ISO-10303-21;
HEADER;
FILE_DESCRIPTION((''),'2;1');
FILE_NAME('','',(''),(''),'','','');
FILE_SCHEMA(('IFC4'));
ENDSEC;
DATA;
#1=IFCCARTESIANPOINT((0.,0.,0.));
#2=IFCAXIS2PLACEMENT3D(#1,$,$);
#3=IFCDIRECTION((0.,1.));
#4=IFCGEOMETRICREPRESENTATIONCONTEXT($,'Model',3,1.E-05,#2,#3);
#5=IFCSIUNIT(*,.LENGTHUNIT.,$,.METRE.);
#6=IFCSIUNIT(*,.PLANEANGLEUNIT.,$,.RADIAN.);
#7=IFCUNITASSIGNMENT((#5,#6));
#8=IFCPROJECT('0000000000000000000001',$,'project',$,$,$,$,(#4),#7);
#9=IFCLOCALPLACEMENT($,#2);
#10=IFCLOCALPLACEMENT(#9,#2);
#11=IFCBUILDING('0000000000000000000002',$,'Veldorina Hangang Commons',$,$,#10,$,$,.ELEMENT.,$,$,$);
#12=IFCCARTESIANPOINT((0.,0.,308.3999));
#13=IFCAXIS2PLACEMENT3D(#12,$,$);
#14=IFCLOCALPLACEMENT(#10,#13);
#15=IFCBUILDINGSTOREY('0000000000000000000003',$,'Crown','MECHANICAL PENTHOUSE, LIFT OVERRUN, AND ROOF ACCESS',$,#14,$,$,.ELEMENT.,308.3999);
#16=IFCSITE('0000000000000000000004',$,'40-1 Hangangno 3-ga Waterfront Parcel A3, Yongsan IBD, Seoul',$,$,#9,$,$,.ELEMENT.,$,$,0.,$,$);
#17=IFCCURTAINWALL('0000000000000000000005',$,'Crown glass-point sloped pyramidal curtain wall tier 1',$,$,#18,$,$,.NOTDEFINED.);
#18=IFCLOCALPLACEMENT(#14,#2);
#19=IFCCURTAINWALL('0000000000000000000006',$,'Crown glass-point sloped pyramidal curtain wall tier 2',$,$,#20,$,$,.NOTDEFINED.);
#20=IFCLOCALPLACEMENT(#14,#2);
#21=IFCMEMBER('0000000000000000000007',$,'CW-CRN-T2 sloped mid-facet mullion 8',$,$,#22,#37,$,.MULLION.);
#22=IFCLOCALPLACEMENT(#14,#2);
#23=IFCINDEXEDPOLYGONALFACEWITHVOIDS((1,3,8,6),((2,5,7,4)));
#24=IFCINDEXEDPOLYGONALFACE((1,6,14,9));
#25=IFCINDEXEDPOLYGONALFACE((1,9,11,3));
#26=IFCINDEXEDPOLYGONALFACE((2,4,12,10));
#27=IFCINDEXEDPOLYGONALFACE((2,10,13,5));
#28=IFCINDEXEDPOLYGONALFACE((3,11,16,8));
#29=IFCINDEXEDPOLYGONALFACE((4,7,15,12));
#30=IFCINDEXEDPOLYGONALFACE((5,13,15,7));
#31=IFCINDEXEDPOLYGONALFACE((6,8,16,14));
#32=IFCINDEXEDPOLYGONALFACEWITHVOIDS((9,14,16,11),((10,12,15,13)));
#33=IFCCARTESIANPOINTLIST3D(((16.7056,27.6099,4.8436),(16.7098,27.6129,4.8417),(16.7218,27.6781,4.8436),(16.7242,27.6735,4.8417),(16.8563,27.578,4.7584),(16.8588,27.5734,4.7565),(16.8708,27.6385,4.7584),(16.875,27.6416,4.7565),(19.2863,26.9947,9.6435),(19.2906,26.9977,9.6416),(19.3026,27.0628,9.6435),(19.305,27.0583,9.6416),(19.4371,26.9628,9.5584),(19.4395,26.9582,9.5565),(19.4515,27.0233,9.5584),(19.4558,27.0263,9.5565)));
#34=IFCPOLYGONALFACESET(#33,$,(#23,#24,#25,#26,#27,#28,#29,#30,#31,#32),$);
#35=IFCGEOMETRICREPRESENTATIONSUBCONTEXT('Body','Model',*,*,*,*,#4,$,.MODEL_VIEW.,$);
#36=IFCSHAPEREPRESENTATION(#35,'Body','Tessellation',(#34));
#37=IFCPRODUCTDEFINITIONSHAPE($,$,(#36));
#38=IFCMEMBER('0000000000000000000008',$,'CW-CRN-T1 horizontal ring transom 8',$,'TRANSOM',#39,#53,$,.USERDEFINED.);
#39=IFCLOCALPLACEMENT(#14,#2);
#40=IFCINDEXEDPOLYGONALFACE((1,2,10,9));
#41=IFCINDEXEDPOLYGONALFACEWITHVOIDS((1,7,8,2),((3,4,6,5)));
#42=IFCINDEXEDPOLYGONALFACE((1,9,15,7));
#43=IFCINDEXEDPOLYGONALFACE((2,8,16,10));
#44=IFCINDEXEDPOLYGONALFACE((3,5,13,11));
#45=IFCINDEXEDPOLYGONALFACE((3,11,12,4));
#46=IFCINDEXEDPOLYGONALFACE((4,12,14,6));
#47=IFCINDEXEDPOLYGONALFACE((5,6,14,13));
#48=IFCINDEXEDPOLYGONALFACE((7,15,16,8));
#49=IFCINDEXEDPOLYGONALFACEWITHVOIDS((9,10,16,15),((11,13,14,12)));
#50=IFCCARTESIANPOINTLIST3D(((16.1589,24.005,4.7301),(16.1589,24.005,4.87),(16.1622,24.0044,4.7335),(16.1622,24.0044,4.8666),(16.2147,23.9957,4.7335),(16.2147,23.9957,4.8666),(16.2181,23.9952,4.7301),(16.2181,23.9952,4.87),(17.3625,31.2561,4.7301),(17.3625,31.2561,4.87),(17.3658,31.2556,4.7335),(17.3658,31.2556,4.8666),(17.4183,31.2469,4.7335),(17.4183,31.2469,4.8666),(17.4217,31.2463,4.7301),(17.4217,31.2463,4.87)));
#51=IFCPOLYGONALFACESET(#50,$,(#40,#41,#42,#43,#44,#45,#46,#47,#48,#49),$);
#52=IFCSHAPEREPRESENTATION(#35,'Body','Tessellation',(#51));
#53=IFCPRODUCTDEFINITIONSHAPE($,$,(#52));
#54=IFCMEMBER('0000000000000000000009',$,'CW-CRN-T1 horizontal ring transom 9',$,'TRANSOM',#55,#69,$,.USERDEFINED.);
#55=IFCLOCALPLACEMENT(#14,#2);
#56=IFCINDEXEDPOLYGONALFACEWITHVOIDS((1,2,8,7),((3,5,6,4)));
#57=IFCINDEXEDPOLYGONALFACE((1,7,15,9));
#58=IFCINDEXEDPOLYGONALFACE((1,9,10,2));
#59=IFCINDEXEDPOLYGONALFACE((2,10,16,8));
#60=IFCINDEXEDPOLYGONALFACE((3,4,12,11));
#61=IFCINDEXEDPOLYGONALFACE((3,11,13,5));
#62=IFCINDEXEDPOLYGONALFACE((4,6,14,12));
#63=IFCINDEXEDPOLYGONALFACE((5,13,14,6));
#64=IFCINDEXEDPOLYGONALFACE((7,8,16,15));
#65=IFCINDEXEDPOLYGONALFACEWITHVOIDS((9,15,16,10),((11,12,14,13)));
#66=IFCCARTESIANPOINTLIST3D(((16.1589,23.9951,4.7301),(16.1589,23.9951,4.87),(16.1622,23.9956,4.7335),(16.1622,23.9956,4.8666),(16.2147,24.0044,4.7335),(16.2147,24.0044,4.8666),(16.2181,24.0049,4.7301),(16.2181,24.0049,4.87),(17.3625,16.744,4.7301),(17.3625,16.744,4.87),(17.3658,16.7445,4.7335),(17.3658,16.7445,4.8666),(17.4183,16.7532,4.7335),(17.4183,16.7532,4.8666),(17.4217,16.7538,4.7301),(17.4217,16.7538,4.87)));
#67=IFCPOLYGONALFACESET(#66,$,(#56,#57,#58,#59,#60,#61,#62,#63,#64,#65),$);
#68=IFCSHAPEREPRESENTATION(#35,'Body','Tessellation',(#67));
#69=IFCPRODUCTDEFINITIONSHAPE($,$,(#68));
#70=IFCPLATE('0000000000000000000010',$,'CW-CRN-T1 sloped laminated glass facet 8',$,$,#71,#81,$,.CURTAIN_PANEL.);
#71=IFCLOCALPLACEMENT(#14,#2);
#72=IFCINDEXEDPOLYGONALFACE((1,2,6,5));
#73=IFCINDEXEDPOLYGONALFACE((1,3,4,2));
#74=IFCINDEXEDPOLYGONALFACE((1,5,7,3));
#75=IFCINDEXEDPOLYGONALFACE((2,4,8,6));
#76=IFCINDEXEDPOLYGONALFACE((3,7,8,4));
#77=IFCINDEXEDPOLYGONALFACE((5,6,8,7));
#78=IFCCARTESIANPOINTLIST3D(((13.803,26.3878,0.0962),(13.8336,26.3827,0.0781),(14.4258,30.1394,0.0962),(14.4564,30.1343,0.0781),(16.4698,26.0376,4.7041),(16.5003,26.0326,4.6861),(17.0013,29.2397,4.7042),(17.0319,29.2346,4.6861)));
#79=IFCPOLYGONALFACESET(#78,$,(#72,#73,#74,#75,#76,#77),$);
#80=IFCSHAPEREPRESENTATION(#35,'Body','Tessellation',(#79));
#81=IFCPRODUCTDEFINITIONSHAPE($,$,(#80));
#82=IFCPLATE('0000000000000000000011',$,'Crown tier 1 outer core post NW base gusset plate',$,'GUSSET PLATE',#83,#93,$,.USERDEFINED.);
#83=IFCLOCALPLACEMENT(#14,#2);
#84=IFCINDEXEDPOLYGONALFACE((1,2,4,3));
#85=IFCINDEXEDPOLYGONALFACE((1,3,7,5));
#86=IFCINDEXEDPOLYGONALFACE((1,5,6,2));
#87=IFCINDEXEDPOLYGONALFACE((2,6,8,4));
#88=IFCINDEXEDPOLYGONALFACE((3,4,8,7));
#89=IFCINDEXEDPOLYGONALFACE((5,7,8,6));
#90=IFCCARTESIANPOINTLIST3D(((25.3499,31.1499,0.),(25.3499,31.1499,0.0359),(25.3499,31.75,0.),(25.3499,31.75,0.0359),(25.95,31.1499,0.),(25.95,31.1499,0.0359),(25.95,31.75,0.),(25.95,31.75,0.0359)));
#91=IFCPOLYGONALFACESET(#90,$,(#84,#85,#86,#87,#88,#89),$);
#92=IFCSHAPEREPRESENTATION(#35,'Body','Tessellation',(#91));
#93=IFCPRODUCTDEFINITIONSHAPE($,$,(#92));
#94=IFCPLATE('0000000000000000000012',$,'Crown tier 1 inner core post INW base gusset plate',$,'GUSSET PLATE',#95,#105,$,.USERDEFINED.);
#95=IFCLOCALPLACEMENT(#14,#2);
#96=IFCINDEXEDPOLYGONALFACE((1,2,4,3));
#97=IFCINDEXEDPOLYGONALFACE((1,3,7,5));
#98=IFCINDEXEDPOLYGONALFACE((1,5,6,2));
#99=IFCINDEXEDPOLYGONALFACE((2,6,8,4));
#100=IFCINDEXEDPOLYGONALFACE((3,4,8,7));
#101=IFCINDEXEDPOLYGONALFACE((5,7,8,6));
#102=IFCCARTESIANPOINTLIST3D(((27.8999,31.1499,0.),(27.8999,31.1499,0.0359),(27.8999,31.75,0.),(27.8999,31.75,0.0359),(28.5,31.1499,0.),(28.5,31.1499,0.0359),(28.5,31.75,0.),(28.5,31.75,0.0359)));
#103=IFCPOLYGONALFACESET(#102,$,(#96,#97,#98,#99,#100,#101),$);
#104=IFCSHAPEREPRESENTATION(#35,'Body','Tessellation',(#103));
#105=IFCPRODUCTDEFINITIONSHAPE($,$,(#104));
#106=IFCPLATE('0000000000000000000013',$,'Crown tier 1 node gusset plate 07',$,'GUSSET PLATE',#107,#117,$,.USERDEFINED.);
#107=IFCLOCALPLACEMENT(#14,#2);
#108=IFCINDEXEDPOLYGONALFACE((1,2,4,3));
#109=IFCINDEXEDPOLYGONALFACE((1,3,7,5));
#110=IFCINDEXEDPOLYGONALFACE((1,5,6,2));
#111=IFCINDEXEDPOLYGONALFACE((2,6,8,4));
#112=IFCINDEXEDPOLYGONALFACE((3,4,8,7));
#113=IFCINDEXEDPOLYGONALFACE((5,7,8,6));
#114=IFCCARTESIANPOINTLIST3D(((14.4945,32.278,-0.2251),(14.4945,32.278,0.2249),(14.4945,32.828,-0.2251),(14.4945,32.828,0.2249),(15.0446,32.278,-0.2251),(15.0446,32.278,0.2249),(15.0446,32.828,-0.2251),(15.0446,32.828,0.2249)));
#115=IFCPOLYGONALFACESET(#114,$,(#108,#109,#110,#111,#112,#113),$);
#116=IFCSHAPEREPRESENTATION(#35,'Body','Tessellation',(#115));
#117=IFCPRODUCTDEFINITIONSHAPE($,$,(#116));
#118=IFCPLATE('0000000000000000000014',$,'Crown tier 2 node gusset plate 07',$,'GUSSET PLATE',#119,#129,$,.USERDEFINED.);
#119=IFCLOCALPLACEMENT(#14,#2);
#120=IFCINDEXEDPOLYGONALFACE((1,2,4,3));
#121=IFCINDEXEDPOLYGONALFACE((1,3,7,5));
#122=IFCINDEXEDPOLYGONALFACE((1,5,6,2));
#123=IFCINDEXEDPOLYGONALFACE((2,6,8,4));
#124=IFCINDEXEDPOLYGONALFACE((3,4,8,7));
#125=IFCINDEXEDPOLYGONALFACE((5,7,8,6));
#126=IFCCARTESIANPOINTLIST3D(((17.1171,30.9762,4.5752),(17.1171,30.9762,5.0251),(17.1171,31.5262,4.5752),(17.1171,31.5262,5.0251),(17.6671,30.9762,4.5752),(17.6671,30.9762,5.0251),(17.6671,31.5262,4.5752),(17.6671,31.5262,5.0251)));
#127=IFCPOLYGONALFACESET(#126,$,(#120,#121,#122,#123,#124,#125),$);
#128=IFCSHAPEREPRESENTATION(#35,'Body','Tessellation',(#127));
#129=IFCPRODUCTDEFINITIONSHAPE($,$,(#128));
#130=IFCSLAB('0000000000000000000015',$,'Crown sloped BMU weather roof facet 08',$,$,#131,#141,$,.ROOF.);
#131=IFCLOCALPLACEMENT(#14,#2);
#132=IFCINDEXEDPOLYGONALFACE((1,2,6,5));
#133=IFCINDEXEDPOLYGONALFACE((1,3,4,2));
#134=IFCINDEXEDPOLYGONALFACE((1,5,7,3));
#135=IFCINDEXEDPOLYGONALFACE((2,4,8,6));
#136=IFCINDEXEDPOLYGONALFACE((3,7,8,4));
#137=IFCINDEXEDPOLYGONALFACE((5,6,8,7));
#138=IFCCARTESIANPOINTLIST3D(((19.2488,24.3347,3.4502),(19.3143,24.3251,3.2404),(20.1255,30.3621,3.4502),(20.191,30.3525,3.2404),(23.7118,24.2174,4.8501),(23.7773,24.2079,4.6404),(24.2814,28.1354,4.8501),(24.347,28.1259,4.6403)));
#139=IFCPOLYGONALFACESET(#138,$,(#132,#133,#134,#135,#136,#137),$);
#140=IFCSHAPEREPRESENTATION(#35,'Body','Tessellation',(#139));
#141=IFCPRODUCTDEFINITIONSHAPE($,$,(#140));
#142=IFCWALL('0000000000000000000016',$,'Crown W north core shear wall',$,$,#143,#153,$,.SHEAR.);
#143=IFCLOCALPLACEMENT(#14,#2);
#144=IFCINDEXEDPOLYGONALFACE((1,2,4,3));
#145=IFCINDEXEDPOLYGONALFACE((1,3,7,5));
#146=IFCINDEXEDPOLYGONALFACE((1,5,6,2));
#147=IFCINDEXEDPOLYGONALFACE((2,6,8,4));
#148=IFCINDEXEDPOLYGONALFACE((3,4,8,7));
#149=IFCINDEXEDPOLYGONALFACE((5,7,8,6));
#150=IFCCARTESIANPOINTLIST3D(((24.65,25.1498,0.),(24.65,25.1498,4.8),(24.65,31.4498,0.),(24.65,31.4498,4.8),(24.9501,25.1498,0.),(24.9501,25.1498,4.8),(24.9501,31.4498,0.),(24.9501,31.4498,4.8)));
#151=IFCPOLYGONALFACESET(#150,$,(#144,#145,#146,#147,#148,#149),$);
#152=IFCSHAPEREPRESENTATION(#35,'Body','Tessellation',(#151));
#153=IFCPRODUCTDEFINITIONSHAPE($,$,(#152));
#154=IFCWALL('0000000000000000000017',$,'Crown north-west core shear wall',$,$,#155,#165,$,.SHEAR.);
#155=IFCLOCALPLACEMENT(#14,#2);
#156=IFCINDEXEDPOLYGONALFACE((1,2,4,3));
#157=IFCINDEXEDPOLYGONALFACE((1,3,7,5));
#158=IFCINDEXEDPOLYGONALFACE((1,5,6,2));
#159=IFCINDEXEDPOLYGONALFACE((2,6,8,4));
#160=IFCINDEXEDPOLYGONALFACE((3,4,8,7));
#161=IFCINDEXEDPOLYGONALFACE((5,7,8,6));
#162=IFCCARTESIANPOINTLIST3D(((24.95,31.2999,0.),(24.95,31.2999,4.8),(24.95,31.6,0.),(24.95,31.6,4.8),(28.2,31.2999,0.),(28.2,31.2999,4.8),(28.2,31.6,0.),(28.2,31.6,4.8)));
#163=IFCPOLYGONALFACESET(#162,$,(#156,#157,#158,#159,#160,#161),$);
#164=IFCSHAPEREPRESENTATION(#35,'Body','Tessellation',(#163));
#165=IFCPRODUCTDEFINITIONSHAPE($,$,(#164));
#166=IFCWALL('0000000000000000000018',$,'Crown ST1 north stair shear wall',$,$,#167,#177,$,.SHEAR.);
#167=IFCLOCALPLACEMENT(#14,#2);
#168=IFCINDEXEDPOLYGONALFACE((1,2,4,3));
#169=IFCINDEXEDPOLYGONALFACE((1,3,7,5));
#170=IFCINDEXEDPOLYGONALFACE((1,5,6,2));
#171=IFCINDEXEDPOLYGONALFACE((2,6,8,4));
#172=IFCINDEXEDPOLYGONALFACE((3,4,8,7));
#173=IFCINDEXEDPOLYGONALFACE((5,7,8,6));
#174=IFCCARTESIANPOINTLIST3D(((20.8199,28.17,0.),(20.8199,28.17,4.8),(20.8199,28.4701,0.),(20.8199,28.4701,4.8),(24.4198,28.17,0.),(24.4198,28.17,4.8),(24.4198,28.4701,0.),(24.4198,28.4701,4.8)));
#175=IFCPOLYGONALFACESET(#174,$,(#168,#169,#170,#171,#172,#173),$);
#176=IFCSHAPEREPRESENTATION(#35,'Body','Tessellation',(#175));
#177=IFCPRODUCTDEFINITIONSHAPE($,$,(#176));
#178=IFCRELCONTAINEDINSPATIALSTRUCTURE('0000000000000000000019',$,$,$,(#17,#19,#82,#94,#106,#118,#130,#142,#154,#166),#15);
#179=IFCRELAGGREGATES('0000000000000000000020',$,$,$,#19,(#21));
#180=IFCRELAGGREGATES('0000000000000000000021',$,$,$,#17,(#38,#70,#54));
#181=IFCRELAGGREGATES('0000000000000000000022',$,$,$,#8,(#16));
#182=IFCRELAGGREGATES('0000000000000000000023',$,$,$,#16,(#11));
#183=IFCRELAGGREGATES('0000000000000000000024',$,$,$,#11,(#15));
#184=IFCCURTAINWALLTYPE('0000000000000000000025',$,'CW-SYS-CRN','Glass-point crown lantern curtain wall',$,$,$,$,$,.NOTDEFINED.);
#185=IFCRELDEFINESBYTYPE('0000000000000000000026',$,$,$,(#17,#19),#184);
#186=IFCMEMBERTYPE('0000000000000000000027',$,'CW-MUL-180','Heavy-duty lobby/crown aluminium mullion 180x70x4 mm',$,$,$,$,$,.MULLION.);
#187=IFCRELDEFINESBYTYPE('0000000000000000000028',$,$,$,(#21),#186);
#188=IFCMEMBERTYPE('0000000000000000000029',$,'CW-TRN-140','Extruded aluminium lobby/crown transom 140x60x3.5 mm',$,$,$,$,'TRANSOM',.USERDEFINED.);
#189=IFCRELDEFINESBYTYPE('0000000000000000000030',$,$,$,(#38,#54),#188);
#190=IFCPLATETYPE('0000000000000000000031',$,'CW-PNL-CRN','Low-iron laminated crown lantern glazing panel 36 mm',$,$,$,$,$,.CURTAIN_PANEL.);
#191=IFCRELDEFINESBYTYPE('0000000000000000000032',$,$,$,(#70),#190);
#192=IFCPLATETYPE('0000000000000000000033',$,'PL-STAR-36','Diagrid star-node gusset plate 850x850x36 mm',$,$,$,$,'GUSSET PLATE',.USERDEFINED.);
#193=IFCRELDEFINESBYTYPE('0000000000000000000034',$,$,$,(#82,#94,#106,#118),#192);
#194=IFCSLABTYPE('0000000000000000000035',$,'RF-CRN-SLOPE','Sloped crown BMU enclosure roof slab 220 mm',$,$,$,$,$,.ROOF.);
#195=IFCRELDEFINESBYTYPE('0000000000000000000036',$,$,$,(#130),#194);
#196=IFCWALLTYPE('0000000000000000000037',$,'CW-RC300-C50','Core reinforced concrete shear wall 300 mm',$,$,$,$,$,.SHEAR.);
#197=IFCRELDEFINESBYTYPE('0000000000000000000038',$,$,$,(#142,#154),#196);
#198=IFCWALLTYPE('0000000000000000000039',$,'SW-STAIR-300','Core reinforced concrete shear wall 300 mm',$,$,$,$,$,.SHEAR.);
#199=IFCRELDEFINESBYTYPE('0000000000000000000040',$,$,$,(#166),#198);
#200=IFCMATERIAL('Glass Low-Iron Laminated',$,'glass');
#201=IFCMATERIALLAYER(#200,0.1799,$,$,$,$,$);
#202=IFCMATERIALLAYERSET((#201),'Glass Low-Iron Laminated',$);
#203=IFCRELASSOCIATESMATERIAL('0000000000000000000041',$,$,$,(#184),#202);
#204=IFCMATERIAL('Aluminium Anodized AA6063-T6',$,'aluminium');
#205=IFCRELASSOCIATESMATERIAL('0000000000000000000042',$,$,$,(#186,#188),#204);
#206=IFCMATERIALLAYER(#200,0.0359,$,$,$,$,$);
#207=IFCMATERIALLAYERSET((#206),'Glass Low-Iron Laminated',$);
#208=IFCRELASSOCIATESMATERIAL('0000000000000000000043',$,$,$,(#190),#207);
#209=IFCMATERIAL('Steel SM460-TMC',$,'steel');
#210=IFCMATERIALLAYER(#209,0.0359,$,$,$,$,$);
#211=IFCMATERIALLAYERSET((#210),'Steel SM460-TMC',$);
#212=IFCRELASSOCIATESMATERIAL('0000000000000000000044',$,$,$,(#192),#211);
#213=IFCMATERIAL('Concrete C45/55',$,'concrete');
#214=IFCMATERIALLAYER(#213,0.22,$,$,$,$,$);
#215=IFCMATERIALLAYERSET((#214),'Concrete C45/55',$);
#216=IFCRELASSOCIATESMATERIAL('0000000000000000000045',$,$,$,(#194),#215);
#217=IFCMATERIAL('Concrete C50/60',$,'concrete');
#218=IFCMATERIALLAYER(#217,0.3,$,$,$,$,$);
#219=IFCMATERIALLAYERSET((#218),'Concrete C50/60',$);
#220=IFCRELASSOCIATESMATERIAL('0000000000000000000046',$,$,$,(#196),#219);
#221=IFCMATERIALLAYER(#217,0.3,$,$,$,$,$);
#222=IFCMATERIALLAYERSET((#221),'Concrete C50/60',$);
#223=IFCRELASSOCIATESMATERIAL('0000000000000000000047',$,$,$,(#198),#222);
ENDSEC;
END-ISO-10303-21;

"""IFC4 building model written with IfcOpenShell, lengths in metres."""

from ifc_helpers import new_model, si_unit, direction, frame, frame_2d, origin, origin_2d, place, context, subcontext, project, spatial, polyline, rectangle, hollow_rectangle, outline, extrude, material, layer, layer_set, material_profile, profile_set, type_object, element, aggregate, save


model = new_model("IFC4")

# Units and contexts
model_context = context("Model", 3, precision=1e-05, world=origin(), true_north=direction((0.0, 1.0)))
body_context = subcontext(model_context, "Body", "Model", "MODEL_VIEW")
ifc_project = project(units=[si_unit("LENGTHUNIT", "METRE"), si_unit("PLANEANGLEUNIT", "RADIAN")], contexts=[model_context])

# Site, building, storey
site_placement = place(None, origin())
site = spatial("IfcSite", under=ifc_project, at=site_placement, Name="40-1 Hangangno 3-ga Waterfront Parcel A3, Yongsan IBD, Seoul", CompositionType="ELEMENT", RefElevation=0.0)
building_placement = place(site_placement, origin())
building = spatial("IfcBuilding", under=site, at=building_placement, Name="Veldorina Hangang Commons", CompositionType="ELEMENT")
storey_placement = place(building_placement, frame((0.0, 0.0, 308.3999)))
storey = spatial("IfcBuildingStorey", under=building, at=storey_placement, Name="Crown", Description="MECHANICAL PENTHOUSE, LIFT OVERRUN, AND ROOF ACCESS", CompositionType="ELEMENT", Elevation=308.3999)

# Shared definitions
ifc_material_1 = material(Name="Concrete C50/60", Category="concrete")
ifc_material_2 = material(Name="Steel SM460-TMC", Category="steel")

# Curtain wall
ifc_material_3 = material(Name="Glass Low-Iron Laminated", Category="glass")
ifc_layer_1 = layer(ifc_material_3, 0.1799)
ifc_layer_set_1 = layer_set([ifc_layer_1], Name="Glass Low-Iron Laminated")
curtain_wall_type = type_object("IfcCurtainWallType", Name="CW-SYS-CRN", Description="Glass-point crown lantern curtain wall", PredefinedType="NOTDEFINED", material=ifc_layer_set_1)
curtain_wall_1_placement = place(storey_placement, origin())
curtain_wall_1 = element("IfcCurtainWall", 1, at=curtain_wall_1_placement, inside=storey, type_object=curtain_wall_type, Name="Crown glass-point sloped pyramidal curtain wall tier 1", PredefinedType="NOTDEFINED")
ifc_material_4 = material(Name="Aluminium Anodized AA6063-T6", Category="aluminium")
ifc_material_profile_1 = material_profile(ifc_material_4, hollow_rectangle(XDim=0.0701, YDim=0.1799, WallThickness=0.0039, at=origin_2d()), Name="ALU-RHS-180x70x4")
ifc_profile_set_1 = profile_set([ifc_material_profile_1], Name="Aluminium Anodized AA6063-T6")
member_type_1 = type_object("IfcMemberType", Name="CW-MUL-180", Description="Heavy-duty lobby/crown aluminium mullion 180x70x4 mm", PredefinedType="MULLION", material=ifc_profile_set_1)

# Curtain wall, member
curtain_wall_2_placement = place(storey_placement, origin())
curtain_wall_2 = element("IfcCurtainWall", 2, at=curtain_wall_2_placement, inside=storey, type_object=curtain_wall_type, Name="Crown glass-point sloped pyramidal curtain wall tier 2", PredefinedType="NOTDEFINED")
member_1_placement = place(storey_placement, frame((16.7903, 27.6257, 4.8), z_axis=(0.470566, -0.112177, 0.875205), x_axis=(0.23189, 0.972742, 0.0)))
member_1 = element("IfcMember", 3, at=member_1_placement, type_object=member_type_1, Name="CW-CRN-T2 sloped mid-facet mullion 8", PredefinedType="MULLION", context=body_context, shape_type="SweptSolid", body=[
    extrude(hollow_rectangle(XDim=0.0701, YDim=0.1799, WallThickness=0.0039, at=origin_2d()), origin(), (0.0, 0.0, 1.0), 5.4844),
])
aggregate(curtain_wall_2, [member_1])

# Members
ifc_material_profile_2 = material_profile(ifc_material_4, hollow_rectangle(XDim=0.0601, YDim=0.1399, WallThickness=0.0034, at=origin_2d()), Name="ALU-RHS-140x60x3.5")
ifc_profile_set_2 = profile_set([ifc_material_profile_2], Name="Aluminium Anodized AA6063-T6")
member_type_2 = type_object("IfcMemberType", Name="CW-TRN-140", Description="Extruded aluminium lobby/crown transom 140x60x3.5 mm", ElementType="TRANSOM", PredefinedType="USERDEFINED", material=ifc_profile_set_2)
member_2_placement = place(storey_placement, frame((17.3921, 31.2512, 4.8), z_axis=(-0.163747, -0.986502, 0.0), x_axis=(0.986502, -0.163747, 0.0)))
member_2 = element("IfcMember", 4, at=member_2_placement, type_object=member_type_2, Name="CW-CRN-T1 horizontal ring transom 8", ObjectType="TRANSOM", PredefinedType="USERDEFINED", context=body_context, shape_type="SweptSolid", body=[
    extrude(hollow_rectangle(XDim=0.0601, YDim=0.1399, WallThickness=0.0034, at=origin_2d()), origin(), (0.0, 0.0, 1.0), 7.3503),
])
member_3_placement = place(storey_placement, frame((16.1885, 24.0, 4.8), z_axis=(0.163747, -0.986502, 0.0), x_axis=(0.986502, 0.163747, 0.0)))
member_3 = element("IfcMember", 5, at=member_3_placement, type_object=member_type_2, Name="CW-CRN-T1 horizontal ring transom 9", ObjectType="TRANSOM", PredefinedType="USERDEFINED", context=body_context, shape_type="SweptSolid", body=[
    extrude(hollow_rectangle(XDim=0.0601, YDim=0.1399, WallThickness=0.0034, at=origin_2d()), origin(), (0.0, 0.0, 1.0), 7.3503),
])

# Plate
ifc_layer_2 = layer(ifc_material_3, 0.0359)
ifc_layer_set_2 = layer_set([ifc_layer_2], Name="Glass Low-Iron Laminated")
plate_type_1 = type_object("IfcPlateType", Name="CW-PNL-CRN", Description="Low-iron laminated crown lantern glazing panel 36 mm", PredefinedType="CURTAIN_PANEL", material=ifc_layer_set_2)
plate_placement = place(storey_placement, frame((14.4258, 30.1394, 0.0962), z_axis=(-0.852112, 0.141445, 0.503884), x_axis=(-0.163756, -0.986501, -0.000005)))
plate = element("IfcPlate", 6, at=plate_placement, type_object=plate_type_1, Name="CW-CRN-T1 sloped laminated glass facet 8", PredefinedType="CURTAIN_PANEL", context=body_context, shape_type="SweptSolid", body=[
    extrude(outline(polyline([(0.0, 0.0), (3.803, 0.0), (3.7117, 5.3347), (0.4658, 5.3347), (0.0, 0.0)])), origin(), (0.0, 0.0, -1.0), 0.0359),
])
aggregate(curtain_wall_1, [member_2, plate, member_3])

# Plates
ifc_layer_3 = layer(ifc_material_2, 0.0359)
ifc_layer_set_3 = layer_set([ifc_layer_3], Name="Steel SM460-TMC")
plate_type_2 = type_object("IfcPlateType", Name="PL-STAR-36", Description="Diagrid star-node gusset plate 850x850x36 mm", ElementType="GUSSET PLATE", PredefinedType="USERDEFINED", material=ifc_layer_set_3)
for number, where, z_axis, x_axis, name in (
    (7, (25.6499, 31.45, 0.0), (0.0, 0.0, 1.0), (1.0, 0.0, 0.0), "Crown tier 1 outer core post NW base gusset plate"),
    (8, (28.2, 31.45, 0.0), (0.0, 0.0, 1.0), (1.0, 0.0, 0.0), "Crown tier 1 inner core post INW base gusset plate"),
):
    element("IfcPlate", number, at=place(storey_placement, frame(where, z_axis=z_axis, x_axis=x_axis)), inside=storey, type_object=plate_type_2, Name=name, ObjectType="GUSSET PLATE", PredefinedType="USERDEFINED", context=body_context, shape_type="SweptSolid", body=[
        extrude(rectangle(XDim=0.6001, YDim=0.6001, at=origin_2d()), origin(), (0.0, 0.0, 1.0), 0.0359),
    ])
for number, where, z_axis, x_axis, name in (
    (9, (14.7695, 32.553, -0.2251), (0.0, 0.0, 1.0), (1.0, 0.0, 0.0), "Crown tier 1 node gusset plate 07"),
    (10, (17.3921, 31.2512, 4.5752), (0.0, 0.0, 1.0), (1.0, 0.0, 0.0), "Crown tier 2 node gusset plate 07"),
):
    element("IfcPlate", number, at=place(storey_placement, frame(where, z_axis=z_axis, x_axis=x_axis)), inside=storey, type_object=plate_type_2, Name=name, ObjectType="GUSSET PLATE", PredefinedType="USERDEFINED", context=body_context, shape_type="SweptSolid", body=[
        extrude(rectangle(XDim=0.55, YDim=0.55, at=origin_2d()), origin(), (0.0, 0.0, 1.0), 0.45),
    ])

# Slab
ifc_material_5 = material(Name="Concrete C45/55", Category="concrete")
ifc_layer_4 = layer(ifc_material_5, 0.22)
ifc_layer_set_4 = layer_set([ifc_layer_4], Name="Concrete C45/55")
slab_type = type_object("IfcSlabType", Name="RF-CRN-SLOPE", Description="Sloped crown BMU enclosure roof slab 220 mm", PredefinedType="ROOF", material=ifc_layer_set_4)
slab_placement = place(storey_placement, frame((20.1255, 30.3621, 3.4502), z_axis=(-0.297982, 0.043341, 0.953587), x_axis=(-0.14394, -0.989586, -0.000002)))
element("IfcSlab", 11, at=slab_placement, inside=storey, type_object=slab_type, Name="Crown sloped BMU weather roof facet 08", PredefinedType="ROOF", context=body_context, shape_type="SweptSolid", body=[
    extrude(outline(polyline([(0.0, 0.0), (6.0908, 0.0), (5.5645, 4.6492), (1.6052, 4.6489), (0.0, 0.0)])), origin(), (0.0, 0.0, -1.0), 0.22),
])

# Walls
ifc_layer_5 = layer(ifc_material_1, 0.3)
ifc_layer_set_5 = layer_set([ifc_layer_5], Name="Concrete C50/60")
wall_type_1 = type_object("IfcWallType", Name="CW-RC300-C50", Description="Core reinforced concrete shear wall 300 mm", PredefinedType="SHEAR", material=ifc_layer_set_5)
wall_1_placement = place(storey_placement, frame((24.8, 25.1499, 0.0), z_axis=(0.0, 0.0, 1.0), x_axis=(0.0, 1.0, 0.0)))
element("IfcWall", 12, at=wall_1_placement, inside=storey, type_object=wall_type_1, Name="Crown W north core shear wall", PredefinedType="SHEAR", context=body_context, shape_type="SweptSolid", body=[
    extrude(rectangle(XDim=6.3, YDim=0.3, at=frame_2d((3.1499, 0.0))), origin(), (0.0, 0.0, 1.0), 4.8),
])
wall_2_placement = place(storey_placement, frame((24.95, 31.45, 0.0), z_axis=(0.0, 0.0, 1.0), x_axis=(1.0, 0.0, 0.0)))
element("IfcWall", 13, at=wall_2_placement, inside=storey, type_object=wall_type_1, Name="Crown north-west core shear wall", PredefinedType="SHEAR", context=body_context, shape_type="SweptSolid", body=[
    extrude(rectangle(XDim=3.25, YDim=0.3, at=frame_2d((1.625, 0.0))), origin(), (0.0, 0.0, 1.0), 4.8),
])
ifc_layer_6 = layer(ifc_material_1, 0.3)
ifc_layer_set_6 = layer_set([ifc_layer_6], Name="Concrete C50/60")
wall_type_2 = type_object("IfcWallType", Name="SW-STAIR-300", Description="Core reinforced concrete shear wall 300 mm", PredefinedType="SHEAR", material=ifc_layer_set_6)
wall_3_placement = place(storey_placement, frame((20.8201, 28.3201, 0.0), z_axis=(0.0, 0.0, 1.0), x_axis=(1.0, 0.0, 0.0)))
element("IfcWall", 14, at=wall_3_placement, inside=storey, type_object=wall_type_2, Name="Crown ST1 north stair shear wall", PredefinedType="SHEAR", context=body_context, shape_type="SweptSolid", body=[
    extrude(rectangle(XDim=3.5999, YDim=0.3, at=frame_2d((1.7998, 0.0))), origin(), (0.0, 0.0, 1.0), 4.8),
])

save(model, "model.ifc")
